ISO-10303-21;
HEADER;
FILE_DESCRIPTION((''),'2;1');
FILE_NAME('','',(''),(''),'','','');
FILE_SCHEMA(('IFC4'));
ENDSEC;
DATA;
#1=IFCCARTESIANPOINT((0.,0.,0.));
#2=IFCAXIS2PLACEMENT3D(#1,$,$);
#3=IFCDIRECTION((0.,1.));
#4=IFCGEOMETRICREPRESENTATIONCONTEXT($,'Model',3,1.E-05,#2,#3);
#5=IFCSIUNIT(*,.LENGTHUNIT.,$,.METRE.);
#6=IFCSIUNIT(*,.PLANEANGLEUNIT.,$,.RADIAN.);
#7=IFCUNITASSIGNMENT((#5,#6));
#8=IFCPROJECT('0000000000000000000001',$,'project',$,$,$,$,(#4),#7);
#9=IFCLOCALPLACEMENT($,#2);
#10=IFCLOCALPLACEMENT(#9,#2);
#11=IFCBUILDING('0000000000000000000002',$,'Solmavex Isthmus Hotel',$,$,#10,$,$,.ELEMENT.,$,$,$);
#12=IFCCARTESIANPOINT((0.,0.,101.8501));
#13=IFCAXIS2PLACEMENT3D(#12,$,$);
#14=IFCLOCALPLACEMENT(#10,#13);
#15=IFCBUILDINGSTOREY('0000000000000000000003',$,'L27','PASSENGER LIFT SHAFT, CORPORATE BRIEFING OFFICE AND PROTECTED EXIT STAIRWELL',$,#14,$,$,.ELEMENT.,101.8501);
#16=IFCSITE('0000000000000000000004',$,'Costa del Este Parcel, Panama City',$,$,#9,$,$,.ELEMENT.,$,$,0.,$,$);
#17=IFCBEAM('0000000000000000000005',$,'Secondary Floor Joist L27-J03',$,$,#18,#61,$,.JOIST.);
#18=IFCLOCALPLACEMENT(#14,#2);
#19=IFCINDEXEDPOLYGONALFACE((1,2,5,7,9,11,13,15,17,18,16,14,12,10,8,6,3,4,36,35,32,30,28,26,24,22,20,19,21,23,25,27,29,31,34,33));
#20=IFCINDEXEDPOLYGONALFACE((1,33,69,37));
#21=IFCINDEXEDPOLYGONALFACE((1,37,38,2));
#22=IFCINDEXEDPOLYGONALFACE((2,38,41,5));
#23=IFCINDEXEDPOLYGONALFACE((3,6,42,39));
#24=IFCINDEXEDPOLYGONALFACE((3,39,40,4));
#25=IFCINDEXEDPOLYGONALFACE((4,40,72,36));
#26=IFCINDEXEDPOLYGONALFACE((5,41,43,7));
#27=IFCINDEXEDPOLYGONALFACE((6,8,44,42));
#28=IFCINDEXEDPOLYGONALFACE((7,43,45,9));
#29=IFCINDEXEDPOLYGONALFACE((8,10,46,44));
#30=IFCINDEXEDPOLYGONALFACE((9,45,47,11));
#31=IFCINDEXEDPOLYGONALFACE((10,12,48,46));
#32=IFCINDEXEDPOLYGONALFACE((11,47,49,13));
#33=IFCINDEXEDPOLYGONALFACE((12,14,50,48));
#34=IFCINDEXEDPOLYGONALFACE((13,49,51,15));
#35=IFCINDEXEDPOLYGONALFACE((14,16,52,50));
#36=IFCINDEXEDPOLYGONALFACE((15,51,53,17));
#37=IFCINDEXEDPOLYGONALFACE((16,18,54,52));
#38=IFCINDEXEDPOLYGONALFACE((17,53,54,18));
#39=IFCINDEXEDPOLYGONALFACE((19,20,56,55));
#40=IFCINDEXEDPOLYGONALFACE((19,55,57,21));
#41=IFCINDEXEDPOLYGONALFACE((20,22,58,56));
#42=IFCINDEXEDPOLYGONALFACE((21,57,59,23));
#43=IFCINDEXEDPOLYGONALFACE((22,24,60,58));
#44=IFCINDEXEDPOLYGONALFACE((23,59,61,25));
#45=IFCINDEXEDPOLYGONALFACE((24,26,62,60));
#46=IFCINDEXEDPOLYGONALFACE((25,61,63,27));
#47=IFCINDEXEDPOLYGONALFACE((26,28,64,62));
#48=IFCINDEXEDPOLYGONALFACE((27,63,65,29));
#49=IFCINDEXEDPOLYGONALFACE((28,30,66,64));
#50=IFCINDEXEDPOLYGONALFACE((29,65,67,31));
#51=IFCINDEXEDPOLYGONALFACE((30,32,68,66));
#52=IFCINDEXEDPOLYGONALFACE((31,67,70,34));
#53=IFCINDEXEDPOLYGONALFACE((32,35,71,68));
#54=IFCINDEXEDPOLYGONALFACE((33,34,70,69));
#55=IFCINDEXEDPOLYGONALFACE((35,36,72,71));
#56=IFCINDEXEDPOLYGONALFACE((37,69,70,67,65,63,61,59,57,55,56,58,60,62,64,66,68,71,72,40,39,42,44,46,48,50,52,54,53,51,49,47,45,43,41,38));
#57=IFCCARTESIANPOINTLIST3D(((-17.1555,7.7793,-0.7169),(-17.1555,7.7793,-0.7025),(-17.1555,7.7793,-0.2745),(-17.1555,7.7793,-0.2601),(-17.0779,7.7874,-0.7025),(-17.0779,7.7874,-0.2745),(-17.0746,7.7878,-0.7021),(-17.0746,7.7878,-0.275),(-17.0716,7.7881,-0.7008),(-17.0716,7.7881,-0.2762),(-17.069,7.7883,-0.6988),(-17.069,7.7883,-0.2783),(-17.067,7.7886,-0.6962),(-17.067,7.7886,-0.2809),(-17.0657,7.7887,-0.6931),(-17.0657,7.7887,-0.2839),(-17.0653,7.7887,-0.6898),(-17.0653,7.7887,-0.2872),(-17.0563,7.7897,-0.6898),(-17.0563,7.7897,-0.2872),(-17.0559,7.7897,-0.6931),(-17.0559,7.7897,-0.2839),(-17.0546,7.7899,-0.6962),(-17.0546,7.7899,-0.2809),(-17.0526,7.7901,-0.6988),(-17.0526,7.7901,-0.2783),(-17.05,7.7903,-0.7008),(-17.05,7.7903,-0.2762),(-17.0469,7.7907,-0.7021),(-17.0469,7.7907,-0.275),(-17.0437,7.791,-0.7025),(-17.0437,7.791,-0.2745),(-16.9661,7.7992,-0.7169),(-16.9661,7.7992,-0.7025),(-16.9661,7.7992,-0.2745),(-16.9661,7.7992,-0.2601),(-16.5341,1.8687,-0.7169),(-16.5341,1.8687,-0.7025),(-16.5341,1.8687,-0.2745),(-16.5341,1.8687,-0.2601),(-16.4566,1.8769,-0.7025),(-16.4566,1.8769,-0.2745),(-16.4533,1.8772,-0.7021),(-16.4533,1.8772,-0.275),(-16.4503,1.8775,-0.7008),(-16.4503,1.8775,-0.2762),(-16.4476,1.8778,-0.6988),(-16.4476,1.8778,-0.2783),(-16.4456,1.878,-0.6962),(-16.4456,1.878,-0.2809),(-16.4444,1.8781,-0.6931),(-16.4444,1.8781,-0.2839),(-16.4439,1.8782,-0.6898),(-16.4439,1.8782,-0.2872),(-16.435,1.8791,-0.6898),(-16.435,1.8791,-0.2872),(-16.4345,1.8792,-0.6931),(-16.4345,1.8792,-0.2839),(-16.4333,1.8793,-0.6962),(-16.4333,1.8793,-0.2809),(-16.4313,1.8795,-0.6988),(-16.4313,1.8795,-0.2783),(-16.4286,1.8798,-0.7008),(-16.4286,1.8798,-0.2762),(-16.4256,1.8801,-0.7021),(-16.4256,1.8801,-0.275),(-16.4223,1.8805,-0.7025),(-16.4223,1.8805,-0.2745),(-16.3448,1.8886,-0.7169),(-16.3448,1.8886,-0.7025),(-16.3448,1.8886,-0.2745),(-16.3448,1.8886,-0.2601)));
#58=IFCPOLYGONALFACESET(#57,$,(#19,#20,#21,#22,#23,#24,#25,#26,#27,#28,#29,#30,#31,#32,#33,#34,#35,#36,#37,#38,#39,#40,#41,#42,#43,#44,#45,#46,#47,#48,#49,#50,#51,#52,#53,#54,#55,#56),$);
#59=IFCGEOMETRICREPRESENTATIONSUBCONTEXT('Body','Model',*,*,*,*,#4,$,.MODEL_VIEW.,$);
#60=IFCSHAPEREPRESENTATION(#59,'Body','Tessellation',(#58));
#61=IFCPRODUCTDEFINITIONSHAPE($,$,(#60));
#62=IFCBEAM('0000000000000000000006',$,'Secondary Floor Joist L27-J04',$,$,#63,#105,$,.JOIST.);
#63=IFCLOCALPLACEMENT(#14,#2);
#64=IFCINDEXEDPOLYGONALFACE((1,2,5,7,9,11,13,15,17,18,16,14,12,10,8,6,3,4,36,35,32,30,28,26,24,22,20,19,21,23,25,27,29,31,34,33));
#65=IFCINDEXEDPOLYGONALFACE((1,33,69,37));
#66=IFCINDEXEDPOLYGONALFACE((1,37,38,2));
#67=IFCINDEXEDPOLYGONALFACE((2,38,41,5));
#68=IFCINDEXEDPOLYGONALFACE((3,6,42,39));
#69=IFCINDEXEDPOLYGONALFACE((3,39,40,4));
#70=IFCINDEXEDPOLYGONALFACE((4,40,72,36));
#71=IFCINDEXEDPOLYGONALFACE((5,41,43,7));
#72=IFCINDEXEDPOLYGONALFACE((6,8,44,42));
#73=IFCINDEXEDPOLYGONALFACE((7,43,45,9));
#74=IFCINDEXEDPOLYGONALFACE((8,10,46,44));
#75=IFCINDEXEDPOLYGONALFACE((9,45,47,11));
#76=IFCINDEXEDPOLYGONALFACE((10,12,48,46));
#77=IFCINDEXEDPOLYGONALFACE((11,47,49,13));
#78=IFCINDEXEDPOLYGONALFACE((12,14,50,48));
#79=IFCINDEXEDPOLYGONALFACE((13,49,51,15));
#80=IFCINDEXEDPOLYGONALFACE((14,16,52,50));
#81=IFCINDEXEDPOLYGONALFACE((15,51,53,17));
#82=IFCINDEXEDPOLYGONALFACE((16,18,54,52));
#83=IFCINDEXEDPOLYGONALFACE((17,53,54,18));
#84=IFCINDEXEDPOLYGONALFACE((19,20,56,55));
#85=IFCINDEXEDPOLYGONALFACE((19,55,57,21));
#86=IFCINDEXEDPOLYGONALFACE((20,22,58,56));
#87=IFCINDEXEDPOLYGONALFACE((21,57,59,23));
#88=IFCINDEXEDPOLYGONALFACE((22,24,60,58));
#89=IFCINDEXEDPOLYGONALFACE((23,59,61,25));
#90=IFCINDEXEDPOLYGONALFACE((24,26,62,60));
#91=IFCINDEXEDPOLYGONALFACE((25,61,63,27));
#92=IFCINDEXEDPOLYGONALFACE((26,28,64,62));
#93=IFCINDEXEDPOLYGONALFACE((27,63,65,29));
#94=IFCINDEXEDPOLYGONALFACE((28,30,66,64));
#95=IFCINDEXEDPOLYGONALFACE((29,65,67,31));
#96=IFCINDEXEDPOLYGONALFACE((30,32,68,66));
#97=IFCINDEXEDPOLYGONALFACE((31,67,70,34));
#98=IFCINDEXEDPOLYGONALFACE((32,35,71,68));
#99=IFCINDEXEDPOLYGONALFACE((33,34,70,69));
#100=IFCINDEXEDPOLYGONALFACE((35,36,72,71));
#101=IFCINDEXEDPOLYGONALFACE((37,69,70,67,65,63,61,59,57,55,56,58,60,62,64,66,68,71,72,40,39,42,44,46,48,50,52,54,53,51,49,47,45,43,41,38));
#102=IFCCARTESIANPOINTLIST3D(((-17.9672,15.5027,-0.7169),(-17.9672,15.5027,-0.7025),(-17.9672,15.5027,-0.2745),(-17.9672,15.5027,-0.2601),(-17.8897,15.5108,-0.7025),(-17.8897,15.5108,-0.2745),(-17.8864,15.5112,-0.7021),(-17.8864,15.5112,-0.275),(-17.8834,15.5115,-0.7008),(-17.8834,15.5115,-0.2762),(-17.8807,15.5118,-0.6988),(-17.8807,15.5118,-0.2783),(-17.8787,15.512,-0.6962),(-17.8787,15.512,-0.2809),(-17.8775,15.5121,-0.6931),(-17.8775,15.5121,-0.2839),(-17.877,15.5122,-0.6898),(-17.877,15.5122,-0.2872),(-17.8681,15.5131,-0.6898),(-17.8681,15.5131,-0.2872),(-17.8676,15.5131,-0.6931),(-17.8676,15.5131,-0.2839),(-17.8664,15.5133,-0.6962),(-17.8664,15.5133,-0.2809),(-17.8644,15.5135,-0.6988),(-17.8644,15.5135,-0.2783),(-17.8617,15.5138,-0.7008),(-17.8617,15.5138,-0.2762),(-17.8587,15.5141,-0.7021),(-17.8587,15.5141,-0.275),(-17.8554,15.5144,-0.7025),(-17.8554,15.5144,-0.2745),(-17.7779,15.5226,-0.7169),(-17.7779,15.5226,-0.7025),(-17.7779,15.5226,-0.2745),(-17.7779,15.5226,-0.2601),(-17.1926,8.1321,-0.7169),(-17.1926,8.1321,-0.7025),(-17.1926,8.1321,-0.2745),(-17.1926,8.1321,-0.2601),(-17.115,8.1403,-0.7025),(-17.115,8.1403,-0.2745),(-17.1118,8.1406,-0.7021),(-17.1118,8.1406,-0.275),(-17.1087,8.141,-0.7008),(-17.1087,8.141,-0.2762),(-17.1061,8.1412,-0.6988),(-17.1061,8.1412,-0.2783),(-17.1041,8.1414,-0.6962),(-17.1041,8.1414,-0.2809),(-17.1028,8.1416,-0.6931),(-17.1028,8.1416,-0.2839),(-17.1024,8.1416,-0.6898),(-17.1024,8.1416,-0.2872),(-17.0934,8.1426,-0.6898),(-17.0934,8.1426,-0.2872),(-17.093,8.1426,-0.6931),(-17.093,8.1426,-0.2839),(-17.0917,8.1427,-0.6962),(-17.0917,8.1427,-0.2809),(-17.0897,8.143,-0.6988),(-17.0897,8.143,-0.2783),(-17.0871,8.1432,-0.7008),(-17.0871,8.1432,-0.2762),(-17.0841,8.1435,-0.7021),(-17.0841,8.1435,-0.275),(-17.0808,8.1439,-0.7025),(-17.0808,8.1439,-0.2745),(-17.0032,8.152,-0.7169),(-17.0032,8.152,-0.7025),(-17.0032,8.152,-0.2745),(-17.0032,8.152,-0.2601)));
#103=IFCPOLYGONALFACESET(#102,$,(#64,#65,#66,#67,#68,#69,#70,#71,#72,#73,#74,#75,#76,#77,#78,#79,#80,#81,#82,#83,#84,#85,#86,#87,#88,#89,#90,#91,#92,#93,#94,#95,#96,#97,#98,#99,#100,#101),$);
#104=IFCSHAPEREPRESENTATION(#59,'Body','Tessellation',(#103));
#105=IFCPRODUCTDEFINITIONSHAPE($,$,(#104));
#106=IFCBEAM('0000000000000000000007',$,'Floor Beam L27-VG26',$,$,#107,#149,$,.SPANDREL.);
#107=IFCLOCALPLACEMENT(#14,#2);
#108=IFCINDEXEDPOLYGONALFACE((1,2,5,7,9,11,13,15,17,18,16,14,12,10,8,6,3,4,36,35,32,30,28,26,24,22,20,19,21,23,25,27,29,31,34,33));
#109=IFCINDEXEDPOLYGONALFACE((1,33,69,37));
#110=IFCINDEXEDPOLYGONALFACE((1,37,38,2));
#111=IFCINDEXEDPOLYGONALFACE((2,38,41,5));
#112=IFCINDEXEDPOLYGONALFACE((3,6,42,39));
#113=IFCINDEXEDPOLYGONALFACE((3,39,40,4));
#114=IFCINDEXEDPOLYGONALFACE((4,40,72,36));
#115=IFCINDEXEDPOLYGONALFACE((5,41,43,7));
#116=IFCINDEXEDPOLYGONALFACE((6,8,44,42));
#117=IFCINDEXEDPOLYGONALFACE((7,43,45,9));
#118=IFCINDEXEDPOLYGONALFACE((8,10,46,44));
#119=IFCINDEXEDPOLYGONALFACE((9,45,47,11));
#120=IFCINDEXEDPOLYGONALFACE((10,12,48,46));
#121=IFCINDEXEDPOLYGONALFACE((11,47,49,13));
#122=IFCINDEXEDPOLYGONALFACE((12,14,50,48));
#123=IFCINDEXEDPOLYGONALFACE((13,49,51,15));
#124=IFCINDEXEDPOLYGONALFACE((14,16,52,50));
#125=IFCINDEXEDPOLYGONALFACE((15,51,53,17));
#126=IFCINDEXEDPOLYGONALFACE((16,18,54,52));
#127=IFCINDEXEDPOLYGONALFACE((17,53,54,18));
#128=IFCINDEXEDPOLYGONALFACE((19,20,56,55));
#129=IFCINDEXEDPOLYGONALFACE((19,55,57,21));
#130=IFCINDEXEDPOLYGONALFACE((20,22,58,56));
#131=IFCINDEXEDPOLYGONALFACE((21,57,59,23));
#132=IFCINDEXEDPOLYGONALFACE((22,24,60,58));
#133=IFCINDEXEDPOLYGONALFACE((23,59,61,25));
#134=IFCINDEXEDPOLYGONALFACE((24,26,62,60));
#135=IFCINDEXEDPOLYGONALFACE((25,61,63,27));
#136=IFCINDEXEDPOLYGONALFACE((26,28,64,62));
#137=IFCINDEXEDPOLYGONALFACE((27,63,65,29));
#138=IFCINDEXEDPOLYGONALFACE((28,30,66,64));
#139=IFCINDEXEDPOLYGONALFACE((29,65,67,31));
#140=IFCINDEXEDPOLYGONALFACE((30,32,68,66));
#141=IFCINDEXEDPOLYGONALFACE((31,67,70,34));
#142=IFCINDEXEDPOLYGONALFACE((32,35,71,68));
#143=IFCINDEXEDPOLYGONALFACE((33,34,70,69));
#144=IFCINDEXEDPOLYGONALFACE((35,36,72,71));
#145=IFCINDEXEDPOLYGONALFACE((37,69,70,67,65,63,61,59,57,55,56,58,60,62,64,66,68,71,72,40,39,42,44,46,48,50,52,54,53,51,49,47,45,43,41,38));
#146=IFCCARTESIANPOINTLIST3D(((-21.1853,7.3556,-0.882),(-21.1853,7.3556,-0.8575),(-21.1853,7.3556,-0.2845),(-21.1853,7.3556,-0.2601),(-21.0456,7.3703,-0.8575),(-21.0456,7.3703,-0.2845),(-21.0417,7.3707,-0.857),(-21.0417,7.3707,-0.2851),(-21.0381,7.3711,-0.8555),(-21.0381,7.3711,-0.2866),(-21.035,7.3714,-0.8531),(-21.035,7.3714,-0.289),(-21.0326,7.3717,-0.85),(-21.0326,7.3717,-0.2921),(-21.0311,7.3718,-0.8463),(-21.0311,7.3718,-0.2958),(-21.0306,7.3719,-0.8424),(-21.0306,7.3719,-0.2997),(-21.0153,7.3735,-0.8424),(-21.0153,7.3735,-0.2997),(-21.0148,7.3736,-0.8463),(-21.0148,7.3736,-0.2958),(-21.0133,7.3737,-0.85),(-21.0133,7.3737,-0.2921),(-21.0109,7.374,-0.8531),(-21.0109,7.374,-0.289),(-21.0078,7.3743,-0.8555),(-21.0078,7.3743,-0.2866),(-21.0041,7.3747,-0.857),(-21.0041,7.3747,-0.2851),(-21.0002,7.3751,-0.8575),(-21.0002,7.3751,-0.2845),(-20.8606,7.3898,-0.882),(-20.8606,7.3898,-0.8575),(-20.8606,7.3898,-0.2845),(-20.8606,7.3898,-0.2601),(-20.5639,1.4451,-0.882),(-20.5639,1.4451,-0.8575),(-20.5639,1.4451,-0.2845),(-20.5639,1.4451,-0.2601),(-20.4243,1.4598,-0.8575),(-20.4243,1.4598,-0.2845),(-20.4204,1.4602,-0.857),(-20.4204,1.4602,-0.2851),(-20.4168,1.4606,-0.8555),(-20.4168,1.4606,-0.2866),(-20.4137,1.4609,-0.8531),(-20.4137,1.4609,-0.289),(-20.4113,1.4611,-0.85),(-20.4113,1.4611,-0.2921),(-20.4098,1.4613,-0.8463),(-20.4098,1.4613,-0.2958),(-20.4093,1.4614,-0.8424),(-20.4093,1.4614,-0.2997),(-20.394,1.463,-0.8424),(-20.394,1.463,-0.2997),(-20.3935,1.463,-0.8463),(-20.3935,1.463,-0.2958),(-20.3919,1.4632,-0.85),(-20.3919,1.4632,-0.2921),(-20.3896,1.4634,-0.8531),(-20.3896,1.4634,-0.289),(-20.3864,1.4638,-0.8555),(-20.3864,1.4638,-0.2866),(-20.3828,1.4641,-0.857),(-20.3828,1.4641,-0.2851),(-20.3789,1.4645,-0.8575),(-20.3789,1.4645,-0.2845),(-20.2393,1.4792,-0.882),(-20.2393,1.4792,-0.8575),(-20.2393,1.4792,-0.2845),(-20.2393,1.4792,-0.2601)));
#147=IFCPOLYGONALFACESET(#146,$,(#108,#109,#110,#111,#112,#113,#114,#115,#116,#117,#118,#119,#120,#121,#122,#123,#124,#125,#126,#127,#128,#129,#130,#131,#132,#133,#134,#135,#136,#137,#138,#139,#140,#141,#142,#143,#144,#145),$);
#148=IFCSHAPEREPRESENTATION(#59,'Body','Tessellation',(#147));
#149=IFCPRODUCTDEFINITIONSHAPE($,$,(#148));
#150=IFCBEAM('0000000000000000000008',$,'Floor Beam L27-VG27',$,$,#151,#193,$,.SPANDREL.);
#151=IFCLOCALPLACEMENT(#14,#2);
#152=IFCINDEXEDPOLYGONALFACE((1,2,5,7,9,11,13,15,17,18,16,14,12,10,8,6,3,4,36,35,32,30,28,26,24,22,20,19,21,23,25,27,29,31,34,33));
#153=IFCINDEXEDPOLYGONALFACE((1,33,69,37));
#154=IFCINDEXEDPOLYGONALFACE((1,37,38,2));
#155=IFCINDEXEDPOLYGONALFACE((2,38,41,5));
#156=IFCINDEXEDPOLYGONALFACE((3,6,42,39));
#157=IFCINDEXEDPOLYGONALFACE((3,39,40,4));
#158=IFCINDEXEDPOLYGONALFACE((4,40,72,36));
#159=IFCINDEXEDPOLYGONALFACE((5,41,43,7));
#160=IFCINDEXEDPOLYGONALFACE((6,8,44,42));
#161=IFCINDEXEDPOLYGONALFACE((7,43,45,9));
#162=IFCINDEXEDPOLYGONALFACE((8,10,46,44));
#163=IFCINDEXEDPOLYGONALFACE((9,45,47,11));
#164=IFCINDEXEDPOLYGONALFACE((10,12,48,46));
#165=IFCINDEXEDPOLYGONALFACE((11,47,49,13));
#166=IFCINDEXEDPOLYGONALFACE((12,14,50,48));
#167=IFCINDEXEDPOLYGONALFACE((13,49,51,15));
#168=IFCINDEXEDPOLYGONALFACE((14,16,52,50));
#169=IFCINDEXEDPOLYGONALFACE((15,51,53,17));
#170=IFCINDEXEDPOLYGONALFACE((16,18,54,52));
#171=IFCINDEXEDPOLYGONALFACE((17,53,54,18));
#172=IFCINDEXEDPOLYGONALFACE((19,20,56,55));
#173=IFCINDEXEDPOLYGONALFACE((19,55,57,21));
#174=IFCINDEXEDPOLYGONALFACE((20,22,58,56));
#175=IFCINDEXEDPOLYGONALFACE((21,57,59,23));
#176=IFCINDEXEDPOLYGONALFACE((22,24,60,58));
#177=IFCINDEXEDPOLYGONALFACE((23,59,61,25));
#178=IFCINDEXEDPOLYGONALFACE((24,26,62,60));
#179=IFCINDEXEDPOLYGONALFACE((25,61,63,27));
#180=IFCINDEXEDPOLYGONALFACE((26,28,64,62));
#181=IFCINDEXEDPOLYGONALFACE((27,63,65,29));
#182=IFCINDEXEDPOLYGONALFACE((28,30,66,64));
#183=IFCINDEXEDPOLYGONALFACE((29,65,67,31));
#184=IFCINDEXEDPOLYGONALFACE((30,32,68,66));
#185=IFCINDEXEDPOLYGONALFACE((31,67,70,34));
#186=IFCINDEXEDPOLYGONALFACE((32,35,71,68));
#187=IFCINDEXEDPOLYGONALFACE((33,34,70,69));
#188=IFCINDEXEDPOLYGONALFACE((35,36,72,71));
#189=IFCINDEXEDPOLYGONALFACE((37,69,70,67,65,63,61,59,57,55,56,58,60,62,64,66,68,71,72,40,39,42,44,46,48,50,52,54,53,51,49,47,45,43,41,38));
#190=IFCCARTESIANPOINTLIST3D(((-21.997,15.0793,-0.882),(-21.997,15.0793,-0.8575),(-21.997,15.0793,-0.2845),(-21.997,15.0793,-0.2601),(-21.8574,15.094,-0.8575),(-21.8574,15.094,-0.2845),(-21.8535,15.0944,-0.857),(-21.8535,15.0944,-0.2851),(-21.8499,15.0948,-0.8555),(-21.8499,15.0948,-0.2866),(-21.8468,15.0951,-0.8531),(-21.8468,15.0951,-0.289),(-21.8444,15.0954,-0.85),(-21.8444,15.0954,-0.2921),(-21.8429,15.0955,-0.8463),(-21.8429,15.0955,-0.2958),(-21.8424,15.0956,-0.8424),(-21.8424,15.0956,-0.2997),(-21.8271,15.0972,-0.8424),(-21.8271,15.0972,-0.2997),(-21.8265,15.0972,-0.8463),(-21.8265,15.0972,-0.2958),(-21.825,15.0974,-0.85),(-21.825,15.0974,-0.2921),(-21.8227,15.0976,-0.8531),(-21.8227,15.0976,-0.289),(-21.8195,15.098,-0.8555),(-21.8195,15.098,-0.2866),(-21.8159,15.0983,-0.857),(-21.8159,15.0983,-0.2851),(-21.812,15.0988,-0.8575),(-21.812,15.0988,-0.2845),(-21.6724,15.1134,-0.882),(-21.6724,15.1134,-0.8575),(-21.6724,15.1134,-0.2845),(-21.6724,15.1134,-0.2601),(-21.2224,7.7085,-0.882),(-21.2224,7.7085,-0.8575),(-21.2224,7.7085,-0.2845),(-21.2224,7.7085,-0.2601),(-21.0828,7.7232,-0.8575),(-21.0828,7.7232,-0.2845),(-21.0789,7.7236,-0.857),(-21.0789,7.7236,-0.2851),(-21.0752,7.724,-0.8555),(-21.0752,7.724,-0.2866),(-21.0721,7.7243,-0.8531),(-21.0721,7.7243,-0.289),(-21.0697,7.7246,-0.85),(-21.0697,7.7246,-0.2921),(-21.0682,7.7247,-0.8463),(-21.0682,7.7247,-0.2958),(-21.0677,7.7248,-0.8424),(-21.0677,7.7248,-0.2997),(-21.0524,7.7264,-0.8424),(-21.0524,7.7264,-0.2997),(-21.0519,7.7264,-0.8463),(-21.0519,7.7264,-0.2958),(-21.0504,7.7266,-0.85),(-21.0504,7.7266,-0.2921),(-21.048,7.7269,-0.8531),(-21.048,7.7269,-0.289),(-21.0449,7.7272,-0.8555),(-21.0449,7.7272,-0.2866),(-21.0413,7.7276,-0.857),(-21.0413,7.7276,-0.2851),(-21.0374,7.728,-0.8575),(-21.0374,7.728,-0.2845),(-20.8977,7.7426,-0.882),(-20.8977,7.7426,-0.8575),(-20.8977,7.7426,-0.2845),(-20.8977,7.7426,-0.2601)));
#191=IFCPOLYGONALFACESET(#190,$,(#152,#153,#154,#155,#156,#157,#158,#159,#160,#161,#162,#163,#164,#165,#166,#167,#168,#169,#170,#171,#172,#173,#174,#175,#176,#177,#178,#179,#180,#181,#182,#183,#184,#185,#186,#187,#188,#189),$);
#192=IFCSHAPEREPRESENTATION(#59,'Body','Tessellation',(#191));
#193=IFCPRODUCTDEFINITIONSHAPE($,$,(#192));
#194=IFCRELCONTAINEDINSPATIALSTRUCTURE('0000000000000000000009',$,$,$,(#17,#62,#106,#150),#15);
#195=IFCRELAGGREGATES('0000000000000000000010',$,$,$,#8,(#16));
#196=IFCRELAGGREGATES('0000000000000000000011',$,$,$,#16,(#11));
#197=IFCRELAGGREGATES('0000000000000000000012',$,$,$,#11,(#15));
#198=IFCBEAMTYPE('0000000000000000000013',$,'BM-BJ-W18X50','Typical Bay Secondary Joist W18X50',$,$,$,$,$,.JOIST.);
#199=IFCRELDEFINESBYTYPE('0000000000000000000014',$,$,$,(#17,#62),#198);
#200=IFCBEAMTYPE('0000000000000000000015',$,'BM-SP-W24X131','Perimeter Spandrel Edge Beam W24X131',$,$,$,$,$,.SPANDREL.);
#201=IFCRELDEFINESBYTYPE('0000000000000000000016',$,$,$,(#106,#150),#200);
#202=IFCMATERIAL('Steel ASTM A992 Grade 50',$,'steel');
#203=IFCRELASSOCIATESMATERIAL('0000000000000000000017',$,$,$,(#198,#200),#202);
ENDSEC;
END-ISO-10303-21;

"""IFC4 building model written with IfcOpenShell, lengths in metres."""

from ifc_helpers import new_model, si_unit, direction, frame, origin, origin_2d, place, context, subcontext, project, spatial, i_section, extrude, material, material_profile, profile_set, type_object, element, save


model = new_model("IFC4")

# Units and contexts
model_context = context("Model", 3, precision=1e-05, world=origin(), true_north=direction((0.0, 1.0)))
body_context = subcontext(model_context, "Body", "Model", "MODEL_VIEW")
ifc_project = project(units=[si_unit("LENGTHUNIT", "METRE"), si_unit("PLANEANGLEUNIT", "RADIAN")], contexts=[model_context])

# Site, building, storey
site_placement = place(None, origin())
site = spatial("IfcSite", under=ifc_project, at=site_placement, Name="Costa del Este Parcel, Panama City", CompositionType="ELEMENT", RefElevation=0.0)
building_placement = place(site_placement, origin())
building = spatial("IfcBuilding", under=site, at=building_placement, Name="Solmavex Isthmus Hotel", CompositionType="ELEMENT")
storey_placement = place(building_placement, frame((0.0, 0.0, 101.8501)))
storey = spatial("IfcBuildingStorey", under=building, at=storey_placement, Name="L27", Description="PASSENGER LIFT SHAFT, CORPORATE BRIEFING OFFICE AND PROTECTED EXIT STAIRWELL", CompositionType="ELEMENT", Elevation=101.8501)

# Beams
ifc_material_1 = material(Name="Steel ASTM A992 Grade 50", Category="steel")
ifc_material_profile_1 = material_profile(ifc_material_1, i_section(OverallWidth=0.1904, OverallDepth=0.4568, WebThickness=0.009, FlangeThickness=0.0144, FilletRadius=0.0127, at=origin_2d()), Name="W18X50")
ifc_profile_set_1 = profile_set([ifc_material_profile_1], Name="Steel ASTM A992 Grade 50")
beam_type_1 = type_object("IfcBeamType", Name="BM-BJ-W18X50", Description="Typical Bay Secondary Joist W18X50", PredefinedType="JOIST", material=ifc_profile_set_1)
beam_1_placement = place(storey_placement, frame((-16.4395, 1.8787, -0.4885), z_axis=(-0.104546, 0.99452, 0.0), x_axis=(-0.99452, -0.104546, 0.0)))
element("IfcBeam", 1, at=beam_1_placement, inside=storey, type_object=beam_type_1, Name="Secondary Floor Joist L27-J03", PredefinedType="JOIST", context=body_context, shape_type="SweptSolid", body=[
    extrude(i_section(OverallWidth=0.1904, OverallDepth=0.4568, WebThickness=0.009, FlangeThickness=0.0144, FilletRadius=0.0127, at=origin_2d()), origin(), (0.0, 0.0, 1.0), 5.9431),
])
beam_2_placement = place(storey_placement, frame((-17.0979, 8.1421, -0.4885), z_axis=(-0.104525, 0.994522, 0.0), x_axis=(-0.994522, -0.104525, 0.0)))
element("IfcBeam", 2, at=beam_2_placement, inside=storey, type_object=beam_type_1, Name="Secondary Floor Joist L27-J04", PredefinedType="JOIST", context=body_context, shape_type="SweptSolid", body=[
    extrude(i_section(OverallWidth=0.1904, OverallDepth=0.4568, WebThickness=0.009, FlangeThickness=0.0144, FilletRadius=0.0127, at=origin_2d()), origin(), (0.0, 0.0, 1.0), 7.4111),
])
ifc_material_profile_2 = material_profile(ifc_material_1, i_section(OverallWidth=0.3264, OverallDepth=0.6218, WebThickness=0.0154, FlangeThickness=0.0244, FilletRadius=0.0151, at=origin_2d()), Name="W24X131")
ifc_profile_set_2 = profile_set([ifc_material_profile_2], Name="Steel ASTM A992 Grade 50")
beam_type_2 = type_object("IfcBeamType", Name="BM-SP-W24X131", Description="Perimeter Spandrel Edge Beam W24X131", PredefinedType="SPANDREL", material=ifc_profile_set_2)
beam_3_placement = place(storey_placement, frame((-20.4016, 1.4622, -0.571), z_axis=(-0.104546, 0.99452, 0.0), x_axis=(-0.99452, -0.104546, 0.0)))
element("IfcBeam", 3, at=beam_3_placement, inside=storey, type_object=beam_type_2, Name="Floor Beam L27-VG26", PredefinedType="SPANDREL", context=body_context, shape_type="SweptSolid", body=[
    extrude(i_section(OverallWidth=0.3264, OverallDepth=0.6218, WebThickness=0.0154, FlangeThickness=0.0244, FilletRadius=0.0151, at=origin_2d()), origin(), (0.0, 0.0, 1.0), 5.9431),
])
beam_4_placement = place(storey_placement, frame((-21.0601, 7.7256, -0.571), z_axis=(-0.104522, 0.994523, 0.0), x_axis=(-0.994523, -0.104522, 0.0)))
element("IfcBeam", 4, at=beam_4_placement, inside=storey, type_object=beam_type_2, Name="Floor Beam L27-VG27", PredefinedType="SPANDREL", context=body_context, shape_type="SweptSolid", body=[
    extrude(i_section(OverallWidth=0.3264, OverallDepth=0.6218, WebThickness=0.0154, FlangeThickness=0.0244, FilletRadius=0.0151, at=origin_2d()), origin(), (0.0, 0.0, 1.0), 7.4114),
])

save(model, "model.ifc")
